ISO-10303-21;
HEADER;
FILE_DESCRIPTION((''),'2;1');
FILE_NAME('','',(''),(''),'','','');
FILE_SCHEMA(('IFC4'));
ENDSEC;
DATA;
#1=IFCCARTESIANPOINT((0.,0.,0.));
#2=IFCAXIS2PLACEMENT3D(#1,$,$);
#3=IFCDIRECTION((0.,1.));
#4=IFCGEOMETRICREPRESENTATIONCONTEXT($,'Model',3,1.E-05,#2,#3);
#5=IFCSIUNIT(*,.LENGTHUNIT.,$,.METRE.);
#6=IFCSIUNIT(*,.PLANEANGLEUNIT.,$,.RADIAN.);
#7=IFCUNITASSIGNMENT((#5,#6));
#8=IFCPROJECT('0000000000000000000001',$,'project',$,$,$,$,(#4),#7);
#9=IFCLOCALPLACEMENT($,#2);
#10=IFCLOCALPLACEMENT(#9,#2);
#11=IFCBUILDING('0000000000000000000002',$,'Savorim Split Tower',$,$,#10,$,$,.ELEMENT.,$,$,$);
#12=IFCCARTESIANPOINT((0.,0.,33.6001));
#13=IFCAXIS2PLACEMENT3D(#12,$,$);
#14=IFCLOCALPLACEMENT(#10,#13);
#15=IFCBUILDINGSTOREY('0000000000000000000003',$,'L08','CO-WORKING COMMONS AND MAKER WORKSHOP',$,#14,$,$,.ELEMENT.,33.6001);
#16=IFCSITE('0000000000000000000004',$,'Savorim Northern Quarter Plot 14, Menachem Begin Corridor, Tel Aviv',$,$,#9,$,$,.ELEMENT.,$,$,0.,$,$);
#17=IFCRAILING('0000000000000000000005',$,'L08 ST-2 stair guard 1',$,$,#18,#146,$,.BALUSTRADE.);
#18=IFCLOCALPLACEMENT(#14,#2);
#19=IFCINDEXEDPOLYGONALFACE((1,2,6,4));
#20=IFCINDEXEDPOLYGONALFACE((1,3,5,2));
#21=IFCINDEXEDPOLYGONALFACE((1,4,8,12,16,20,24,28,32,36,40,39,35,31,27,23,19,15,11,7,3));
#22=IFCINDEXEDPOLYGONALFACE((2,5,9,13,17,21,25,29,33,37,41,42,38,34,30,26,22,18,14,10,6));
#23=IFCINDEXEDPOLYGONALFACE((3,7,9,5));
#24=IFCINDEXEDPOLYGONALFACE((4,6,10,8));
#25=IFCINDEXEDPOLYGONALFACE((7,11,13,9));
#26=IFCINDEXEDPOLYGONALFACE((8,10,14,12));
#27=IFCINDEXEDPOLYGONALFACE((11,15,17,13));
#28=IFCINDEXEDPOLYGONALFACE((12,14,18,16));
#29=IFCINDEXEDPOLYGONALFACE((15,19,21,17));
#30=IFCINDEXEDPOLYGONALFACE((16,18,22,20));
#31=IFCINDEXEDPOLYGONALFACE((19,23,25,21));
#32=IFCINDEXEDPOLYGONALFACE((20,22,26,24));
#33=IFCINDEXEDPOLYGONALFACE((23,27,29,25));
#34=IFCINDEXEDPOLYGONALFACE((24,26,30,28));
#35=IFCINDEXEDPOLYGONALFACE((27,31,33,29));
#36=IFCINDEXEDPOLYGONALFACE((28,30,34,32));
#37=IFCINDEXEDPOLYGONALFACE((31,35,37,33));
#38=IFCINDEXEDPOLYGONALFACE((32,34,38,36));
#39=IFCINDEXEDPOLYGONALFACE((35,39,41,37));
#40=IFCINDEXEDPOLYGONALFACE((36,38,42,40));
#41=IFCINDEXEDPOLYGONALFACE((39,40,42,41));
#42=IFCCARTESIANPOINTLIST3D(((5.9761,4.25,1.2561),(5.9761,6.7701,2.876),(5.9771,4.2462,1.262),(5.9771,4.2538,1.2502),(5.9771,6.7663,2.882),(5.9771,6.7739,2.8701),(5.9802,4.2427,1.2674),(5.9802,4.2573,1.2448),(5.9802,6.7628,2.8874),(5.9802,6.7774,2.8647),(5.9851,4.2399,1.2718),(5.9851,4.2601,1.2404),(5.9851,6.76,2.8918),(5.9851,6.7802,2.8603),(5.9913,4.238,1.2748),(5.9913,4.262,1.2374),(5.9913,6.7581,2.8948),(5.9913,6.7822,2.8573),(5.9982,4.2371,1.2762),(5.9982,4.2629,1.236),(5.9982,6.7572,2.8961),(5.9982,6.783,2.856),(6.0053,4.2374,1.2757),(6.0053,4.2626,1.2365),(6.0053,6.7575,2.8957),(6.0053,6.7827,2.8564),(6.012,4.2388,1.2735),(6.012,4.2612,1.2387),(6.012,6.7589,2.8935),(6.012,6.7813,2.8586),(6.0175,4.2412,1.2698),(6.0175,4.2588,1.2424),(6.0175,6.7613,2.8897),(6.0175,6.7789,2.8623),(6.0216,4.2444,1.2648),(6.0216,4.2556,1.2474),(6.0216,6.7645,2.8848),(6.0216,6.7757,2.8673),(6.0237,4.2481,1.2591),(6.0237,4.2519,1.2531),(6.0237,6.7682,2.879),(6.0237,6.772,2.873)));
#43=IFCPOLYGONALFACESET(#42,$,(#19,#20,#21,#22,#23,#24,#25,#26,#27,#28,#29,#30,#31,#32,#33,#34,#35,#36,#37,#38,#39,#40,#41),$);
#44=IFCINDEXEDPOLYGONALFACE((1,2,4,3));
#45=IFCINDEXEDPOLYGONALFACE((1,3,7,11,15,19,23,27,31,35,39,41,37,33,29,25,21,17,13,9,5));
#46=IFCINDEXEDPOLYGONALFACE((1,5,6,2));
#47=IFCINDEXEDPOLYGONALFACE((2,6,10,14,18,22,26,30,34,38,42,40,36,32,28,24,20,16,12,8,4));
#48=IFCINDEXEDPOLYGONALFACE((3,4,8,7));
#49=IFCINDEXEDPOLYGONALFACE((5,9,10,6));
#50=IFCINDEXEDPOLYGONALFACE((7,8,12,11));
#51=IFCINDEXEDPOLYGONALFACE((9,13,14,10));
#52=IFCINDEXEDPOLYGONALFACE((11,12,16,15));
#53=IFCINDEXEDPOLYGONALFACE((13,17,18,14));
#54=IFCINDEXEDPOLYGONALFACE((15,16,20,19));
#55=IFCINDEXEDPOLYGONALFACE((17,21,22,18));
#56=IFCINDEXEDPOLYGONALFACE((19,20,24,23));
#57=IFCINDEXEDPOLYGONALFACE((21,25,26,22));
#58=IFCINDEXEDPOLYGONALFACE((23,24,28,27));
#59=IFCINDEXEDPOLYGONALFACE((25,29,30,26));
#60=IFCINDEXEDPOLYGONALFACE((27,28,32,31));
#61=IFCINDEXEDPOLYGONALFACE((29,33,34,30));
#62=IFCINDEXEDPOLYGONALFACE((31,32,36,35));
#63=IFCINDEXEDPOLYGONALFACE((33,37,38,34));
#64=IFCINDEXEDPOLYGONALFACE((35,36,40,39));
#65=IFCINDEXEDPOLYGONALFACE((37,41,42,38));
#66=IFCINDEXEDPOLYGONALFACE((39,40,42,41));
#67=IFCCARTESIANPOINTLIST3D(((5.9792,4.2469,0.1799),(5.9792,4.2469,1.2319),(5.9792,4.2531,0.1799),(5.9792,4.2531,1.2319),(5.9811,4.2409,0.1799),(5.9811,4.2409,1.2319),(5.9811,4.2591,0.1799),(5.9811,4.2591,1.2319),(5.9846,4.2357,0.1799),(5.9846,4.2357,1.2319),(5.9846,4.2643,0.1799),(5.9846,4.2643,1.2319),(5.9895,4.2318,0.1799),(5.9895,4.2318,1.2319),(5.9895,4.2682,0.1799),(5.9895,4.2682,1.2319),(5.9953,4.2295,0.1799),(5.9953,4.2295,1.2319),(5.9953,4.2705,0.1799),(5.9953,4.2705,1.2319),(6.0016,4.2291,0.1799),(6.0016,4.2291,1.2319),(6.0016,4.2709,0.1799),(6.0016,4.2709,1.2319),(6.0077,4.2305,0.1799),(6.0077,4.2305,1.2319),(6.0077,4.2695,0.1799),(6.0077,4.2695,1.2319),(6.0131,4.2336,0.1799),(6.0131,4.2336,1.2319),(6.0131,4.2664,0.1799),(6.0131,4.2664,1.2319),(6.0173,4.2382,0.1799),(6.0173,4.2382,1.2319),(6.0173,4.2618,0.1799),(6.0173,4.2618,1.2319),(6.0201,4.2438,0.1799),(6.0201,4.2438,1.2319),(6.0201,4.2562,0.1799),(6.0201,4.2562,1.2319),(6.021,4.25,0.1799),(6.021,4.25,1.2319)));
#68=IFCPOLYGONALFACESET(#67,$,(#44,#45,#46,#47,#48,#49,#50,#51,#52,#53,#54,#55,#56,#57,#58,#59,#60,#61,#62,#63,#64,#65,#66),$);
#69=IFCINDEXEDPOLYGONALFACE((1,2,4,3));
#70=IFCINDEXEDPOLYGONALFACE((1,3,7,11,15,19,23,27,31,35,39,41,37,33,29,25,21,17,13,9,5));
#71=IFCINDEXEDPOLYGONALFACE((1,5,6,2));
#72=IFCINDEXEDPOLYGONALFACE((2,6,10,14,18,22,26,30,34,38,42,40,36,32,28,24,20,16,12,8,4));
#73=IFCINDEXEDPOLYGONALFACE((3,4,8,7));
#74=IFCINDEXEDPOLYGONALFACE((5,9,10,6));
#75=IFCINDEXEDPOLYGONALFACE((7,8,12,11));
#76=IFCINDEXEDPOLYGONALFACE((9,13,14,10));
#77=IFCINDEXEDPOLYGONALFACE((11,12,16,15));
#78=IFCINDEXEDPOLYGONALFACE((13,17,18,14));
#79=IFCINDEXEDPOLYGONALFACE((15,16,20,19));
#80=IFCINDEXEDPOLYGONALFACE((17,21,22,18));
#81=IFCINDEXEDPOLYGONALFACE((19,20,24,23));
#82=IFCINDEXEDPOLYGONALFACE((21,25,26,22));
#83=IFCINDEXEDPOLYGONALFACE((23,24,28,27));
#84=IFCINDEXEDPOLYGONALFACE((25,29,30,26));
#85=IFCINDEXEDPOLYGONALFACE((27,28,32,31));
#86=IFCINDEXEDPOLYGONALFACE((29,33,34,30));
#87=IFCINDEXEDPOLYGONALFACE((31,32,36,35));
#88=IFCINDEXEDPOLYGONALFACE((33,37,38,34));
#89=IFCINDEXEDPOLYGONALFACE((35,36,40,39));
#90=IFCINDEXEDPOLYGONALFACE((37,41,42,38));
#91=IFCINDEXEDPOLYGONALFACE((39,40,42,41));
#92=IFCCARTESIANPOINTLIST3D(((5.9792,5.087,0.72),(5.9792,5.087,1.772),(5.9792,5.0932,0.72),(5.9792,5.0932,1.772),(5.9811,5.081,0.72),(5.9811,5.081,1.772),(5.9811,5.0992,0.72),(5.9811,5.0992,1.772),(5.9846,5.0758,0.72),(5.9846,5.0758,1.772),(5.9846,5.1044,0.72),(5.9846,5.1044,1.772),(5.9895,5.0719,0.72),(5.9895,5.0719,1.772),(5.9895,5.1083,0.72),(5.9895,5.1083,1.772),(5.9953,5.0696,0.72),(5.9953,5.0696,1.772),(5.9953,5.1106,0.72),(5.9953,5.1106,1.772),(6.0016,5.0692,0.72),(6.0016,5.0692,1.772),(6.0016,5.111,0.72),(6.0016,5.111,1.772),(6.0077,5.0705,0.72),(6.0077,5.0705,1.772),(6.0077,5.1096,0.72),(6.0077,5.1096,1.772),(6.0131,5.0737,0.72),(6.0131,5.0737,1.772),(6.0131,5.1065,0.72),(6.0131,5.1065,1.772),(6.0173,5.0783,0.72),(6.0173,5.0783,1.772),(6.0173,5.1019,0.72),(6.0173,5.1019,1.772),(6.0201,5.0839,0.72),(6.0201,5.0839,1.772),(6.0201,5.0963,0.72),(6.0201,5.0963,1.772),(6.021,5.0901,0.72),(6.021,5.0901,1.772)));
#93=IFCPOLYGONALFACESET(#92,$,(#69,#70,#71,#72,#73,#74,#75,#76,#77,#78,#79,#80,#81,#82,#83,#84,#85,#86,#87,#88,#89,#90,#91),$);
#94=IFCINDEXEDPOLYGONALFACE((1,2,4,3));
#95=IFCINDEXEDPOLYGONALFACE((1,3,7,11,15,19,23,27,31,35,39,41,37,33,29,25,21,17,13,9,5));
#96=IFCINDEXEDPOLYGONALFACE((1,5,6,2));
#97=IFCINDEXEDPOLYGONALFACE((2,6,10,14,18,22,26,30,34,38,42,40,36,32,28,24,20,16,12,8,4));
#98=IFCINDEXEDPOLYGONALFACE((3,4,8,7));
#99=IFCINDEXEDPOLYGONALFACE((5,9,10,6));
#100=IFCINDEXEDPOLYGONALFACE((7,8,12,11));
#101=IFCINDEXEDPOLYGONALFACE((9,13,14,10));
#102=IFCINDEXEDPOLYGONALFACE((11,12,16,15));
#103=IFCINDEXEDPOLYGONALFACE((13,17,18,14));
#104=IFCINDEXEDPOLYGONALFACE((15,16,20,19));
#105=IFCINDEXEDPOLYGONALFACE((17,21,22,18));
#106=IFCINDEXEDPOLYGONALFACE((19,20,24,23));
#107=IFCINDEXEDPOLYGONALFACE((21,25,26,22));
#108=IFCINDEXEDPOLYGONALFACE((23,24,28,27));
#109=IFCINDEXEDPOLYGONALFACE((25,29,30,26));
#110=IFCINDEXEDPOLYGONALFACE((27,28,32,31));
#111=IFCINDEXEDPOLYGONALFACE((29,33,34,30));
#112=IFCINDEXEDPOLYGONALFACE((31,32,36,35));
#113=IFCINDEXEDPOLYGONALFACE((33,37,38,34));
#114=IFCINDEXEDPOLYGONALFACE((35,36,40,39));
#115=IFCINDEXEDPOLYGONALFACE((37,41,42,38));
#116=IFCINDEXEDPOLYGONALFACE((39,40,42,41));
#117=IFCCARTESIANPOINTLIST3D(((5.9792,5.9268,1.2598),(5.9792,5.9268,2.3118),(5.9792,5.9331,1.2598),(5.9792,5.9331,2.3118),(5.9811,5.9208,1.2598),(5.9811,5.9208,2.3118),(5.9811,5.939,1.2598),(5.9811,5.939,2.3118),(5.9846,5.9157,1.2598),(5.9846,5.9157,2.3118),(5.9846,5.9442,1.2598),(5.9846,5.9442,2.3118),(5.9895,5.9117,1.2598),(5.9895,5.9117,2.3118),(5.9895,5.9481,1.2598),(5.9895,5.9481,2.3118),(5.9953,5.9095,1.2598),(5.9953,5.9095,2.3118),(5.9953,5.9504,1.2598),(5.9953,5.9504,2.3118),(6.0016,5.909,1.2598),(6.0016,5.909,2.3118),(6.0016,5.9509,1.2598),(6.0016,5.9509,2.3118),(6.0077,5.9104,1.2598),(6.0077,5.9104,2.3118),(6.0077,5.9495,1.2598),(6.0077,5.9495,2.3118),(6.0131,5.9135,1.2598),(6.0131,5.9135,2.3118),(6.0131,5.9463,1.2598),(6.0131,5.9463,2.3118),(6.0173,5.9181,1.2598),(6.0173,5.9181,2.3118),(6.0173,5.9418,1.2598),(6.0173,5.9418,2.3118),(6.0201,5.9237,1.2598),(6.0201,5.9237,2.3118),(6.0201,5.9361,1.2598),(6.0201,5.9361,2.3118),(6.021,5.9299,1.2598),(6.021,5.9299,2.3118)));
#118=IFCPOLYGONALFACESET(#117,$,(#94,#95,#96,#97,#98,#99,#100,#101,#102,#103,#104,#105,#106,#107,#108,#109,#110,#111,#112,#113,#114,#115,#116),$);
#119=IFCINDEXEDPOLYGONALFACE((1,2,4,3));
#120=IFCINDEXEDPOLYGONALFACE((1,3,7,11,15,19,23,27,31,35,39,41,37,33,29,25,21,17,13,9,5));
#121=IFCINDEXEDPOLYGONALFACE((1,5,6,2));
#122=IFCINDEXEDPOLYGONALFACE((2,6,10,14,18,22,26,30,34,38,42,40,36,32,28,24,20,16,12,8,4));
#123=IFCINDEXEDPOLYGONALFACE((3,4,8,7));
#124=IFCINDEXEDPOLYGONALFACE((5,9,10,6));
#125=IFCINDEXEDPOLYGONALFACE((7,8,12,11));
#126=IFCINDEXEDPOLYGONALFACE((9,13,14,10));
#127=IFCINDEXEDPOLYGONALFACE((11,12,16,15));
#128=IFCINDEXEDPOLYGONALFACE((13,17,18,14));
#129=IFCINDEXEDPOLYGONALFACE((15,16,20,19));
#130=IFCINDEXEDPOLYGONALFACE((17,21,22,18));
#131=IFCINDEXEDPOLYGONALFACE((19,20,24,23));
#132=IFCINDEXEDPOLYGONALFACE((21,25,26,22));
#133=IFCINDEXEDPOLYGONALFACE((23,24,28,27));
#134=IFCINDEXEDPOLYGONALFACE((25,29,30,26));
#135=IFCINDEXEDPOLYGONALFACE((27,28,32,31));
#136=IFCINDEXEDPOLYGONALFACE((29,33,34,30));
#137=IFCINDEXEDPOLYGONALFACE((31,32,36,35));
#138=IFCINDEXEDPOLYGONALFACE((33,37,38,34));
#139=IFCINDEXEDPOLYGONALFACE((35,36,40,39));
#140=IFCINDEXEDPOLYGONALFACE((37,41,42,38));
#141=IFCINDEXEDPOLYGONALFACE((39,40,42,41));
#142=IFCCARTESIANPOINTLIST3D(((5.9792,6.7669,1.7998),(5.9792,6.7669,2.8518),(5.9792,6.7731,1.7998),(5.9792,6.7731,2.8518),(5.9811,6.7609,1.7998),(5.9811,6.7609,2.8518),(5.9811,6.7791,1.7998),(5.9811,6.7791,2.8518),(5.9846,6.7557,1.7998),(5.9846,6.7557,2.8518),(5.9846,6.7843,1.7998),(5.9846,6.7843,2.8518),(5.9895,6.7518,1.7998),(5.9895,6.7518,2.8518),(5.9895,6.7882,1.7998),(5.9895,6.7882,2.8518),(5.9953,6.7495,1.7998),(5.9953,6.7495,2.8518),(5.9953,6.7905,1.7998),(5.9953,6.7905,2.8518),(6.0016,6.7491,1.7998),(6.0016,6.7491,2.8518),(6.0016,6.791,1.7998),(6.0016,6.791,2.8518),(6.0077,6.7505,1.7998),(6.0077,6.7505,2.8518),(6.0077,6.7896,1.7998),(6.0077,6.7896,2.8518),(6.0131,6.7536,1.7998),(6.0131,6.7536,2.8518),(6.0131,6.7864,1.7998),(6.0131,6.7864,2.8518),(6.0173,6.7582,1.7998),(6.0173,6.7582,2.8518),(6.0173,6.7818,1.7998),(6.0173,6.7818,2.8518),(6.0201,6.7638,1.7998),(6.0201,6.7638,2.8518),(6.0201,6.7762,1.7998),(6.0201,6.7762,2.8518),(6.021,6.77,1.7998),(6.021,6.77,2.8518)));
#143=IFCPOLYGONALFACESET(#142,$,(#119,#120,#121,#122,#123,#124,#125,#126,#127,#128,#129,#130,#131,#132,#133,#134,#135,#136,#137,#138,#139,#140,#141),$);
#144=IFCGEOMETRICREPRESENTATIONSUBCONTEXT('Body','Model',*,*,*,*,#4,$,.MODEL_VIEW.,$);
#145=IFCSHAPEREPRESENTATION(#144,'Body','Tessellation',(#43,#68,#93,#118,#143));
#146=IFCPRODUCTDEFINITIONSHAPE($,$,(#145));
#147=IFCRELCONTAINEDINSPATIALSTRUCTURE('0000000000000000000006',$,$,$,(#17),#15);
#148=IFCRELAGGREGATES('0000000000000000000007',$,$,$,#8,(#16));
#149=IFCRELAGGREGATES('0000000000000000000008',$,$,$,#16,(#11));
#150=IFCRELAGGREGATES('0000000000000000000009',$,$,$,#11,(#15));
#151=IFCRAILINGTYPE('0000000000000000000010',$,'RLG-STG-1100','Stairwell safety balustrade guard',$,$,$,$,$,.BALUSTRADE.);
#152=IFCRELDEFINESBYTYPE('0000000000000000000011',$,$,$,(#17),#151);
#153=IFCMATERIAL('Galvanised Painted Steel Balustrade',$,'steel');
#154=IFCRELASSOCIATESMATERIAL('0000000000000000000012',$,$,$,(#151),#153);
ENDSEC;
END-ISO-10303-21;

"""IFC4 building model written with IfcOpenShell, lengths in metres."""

from ifc_helpers import new_model, si_unit, direction, frame, origin, origin_2d, place, context, subcontext, project, spatial, circle, extrude, material, type_object, element, save


model = new_model("IFC4")

# Units and contexts
model_context = context("Model", 3, precision=1e-05, world=origin(), true_north=direction((0.0, 1.0)))
body_context = subcontext(model_context, "Body", "Model", "MODEL_VIEW")
ifc_project = project(units=[si_unit("LENGTHUNIT", "METRE"), si_unit("PLANEANGLEUNIT", "RADIAN")], contexts=[model_context])

# Site, building, storey
site_placement = place(None, origin())
site = spatial("IfcSite", under=ifc_project, at=site_placement, Name="Savorim Northern Quarter Plot 14, Menachem Begin Corridor, Tel Aviv", CompositionType="ELEMENT", RefElevation=0.0)
building_placement = place(site_placement, origin())
building = spatial("IfcBuilding", under=site, at=building_placement, Name="Savorim Split Tower", CompositionType="ELEMENT")
storey_placement = place(building_placement, frame((0.0, 0.0, 33.6001)))
storey = spatial("IfcBuildingStorey", under=building, at=storey_placement, Name="L08", Description="CO-WORKING COMMONS AND MAKER WORKSHOP", CompositionType="ELEMENT", Elevation=33.6001)

# Railing
ifc_material_1 = material(Name="Galvanised Painted Steel Balustrade", Category="steel")
railing_type_1 = type_object("IfcRailingType", Name="RLG-STG-1100", Description="Stairwell safety balustrade guard", PredefinedType="BALUSTRADE", material=ifc_material_1)
railing_1_placement = place(storey_placement, frame((6.0, 4.25, 0.1799)))
element("IfcRailing", 1, at=railing_1_placement, inside=storey, type_object=railing_type_1, Name="L08 ST-2 stair guard 1", PredefinedType="BALUSTRADE", context=body_context, shape_type="SweptSolid", body=[
    extrude(circle(Radius=0.0239, at=origin_2d()), frame((0.0, 0.0, 1.0762), z_axis=(0.0, 0.8412, 0.540725), x_axis=(-1.0, 0.0, 0.0)), (0.0, 0.0, 1.0), 2.9958),
    extrude(circle(Radius=0.021, at=origin_2d()), origin(), (0.0, 0.0, 1.0), 1.052),
    extrude(circle(Radius=0.021, at=origin_2d()), frame((0.0, 0.8401, 0.54)), (0.0, 0.0, 1.0), 1.052),
    extrude(circle(Radius=0.021, at=origin_2d()), frame((0.0, 1.6799, 1.0798)), (0.0, 0.0, 1.0), 1.052),
    extrude(circle(Radius=0.021, at=origin_2d()), frame((0.0, 2.52, 1.6199)), (0.0, 0.0, 1.0), 1.052),
])

save(model, "model.ifc")
